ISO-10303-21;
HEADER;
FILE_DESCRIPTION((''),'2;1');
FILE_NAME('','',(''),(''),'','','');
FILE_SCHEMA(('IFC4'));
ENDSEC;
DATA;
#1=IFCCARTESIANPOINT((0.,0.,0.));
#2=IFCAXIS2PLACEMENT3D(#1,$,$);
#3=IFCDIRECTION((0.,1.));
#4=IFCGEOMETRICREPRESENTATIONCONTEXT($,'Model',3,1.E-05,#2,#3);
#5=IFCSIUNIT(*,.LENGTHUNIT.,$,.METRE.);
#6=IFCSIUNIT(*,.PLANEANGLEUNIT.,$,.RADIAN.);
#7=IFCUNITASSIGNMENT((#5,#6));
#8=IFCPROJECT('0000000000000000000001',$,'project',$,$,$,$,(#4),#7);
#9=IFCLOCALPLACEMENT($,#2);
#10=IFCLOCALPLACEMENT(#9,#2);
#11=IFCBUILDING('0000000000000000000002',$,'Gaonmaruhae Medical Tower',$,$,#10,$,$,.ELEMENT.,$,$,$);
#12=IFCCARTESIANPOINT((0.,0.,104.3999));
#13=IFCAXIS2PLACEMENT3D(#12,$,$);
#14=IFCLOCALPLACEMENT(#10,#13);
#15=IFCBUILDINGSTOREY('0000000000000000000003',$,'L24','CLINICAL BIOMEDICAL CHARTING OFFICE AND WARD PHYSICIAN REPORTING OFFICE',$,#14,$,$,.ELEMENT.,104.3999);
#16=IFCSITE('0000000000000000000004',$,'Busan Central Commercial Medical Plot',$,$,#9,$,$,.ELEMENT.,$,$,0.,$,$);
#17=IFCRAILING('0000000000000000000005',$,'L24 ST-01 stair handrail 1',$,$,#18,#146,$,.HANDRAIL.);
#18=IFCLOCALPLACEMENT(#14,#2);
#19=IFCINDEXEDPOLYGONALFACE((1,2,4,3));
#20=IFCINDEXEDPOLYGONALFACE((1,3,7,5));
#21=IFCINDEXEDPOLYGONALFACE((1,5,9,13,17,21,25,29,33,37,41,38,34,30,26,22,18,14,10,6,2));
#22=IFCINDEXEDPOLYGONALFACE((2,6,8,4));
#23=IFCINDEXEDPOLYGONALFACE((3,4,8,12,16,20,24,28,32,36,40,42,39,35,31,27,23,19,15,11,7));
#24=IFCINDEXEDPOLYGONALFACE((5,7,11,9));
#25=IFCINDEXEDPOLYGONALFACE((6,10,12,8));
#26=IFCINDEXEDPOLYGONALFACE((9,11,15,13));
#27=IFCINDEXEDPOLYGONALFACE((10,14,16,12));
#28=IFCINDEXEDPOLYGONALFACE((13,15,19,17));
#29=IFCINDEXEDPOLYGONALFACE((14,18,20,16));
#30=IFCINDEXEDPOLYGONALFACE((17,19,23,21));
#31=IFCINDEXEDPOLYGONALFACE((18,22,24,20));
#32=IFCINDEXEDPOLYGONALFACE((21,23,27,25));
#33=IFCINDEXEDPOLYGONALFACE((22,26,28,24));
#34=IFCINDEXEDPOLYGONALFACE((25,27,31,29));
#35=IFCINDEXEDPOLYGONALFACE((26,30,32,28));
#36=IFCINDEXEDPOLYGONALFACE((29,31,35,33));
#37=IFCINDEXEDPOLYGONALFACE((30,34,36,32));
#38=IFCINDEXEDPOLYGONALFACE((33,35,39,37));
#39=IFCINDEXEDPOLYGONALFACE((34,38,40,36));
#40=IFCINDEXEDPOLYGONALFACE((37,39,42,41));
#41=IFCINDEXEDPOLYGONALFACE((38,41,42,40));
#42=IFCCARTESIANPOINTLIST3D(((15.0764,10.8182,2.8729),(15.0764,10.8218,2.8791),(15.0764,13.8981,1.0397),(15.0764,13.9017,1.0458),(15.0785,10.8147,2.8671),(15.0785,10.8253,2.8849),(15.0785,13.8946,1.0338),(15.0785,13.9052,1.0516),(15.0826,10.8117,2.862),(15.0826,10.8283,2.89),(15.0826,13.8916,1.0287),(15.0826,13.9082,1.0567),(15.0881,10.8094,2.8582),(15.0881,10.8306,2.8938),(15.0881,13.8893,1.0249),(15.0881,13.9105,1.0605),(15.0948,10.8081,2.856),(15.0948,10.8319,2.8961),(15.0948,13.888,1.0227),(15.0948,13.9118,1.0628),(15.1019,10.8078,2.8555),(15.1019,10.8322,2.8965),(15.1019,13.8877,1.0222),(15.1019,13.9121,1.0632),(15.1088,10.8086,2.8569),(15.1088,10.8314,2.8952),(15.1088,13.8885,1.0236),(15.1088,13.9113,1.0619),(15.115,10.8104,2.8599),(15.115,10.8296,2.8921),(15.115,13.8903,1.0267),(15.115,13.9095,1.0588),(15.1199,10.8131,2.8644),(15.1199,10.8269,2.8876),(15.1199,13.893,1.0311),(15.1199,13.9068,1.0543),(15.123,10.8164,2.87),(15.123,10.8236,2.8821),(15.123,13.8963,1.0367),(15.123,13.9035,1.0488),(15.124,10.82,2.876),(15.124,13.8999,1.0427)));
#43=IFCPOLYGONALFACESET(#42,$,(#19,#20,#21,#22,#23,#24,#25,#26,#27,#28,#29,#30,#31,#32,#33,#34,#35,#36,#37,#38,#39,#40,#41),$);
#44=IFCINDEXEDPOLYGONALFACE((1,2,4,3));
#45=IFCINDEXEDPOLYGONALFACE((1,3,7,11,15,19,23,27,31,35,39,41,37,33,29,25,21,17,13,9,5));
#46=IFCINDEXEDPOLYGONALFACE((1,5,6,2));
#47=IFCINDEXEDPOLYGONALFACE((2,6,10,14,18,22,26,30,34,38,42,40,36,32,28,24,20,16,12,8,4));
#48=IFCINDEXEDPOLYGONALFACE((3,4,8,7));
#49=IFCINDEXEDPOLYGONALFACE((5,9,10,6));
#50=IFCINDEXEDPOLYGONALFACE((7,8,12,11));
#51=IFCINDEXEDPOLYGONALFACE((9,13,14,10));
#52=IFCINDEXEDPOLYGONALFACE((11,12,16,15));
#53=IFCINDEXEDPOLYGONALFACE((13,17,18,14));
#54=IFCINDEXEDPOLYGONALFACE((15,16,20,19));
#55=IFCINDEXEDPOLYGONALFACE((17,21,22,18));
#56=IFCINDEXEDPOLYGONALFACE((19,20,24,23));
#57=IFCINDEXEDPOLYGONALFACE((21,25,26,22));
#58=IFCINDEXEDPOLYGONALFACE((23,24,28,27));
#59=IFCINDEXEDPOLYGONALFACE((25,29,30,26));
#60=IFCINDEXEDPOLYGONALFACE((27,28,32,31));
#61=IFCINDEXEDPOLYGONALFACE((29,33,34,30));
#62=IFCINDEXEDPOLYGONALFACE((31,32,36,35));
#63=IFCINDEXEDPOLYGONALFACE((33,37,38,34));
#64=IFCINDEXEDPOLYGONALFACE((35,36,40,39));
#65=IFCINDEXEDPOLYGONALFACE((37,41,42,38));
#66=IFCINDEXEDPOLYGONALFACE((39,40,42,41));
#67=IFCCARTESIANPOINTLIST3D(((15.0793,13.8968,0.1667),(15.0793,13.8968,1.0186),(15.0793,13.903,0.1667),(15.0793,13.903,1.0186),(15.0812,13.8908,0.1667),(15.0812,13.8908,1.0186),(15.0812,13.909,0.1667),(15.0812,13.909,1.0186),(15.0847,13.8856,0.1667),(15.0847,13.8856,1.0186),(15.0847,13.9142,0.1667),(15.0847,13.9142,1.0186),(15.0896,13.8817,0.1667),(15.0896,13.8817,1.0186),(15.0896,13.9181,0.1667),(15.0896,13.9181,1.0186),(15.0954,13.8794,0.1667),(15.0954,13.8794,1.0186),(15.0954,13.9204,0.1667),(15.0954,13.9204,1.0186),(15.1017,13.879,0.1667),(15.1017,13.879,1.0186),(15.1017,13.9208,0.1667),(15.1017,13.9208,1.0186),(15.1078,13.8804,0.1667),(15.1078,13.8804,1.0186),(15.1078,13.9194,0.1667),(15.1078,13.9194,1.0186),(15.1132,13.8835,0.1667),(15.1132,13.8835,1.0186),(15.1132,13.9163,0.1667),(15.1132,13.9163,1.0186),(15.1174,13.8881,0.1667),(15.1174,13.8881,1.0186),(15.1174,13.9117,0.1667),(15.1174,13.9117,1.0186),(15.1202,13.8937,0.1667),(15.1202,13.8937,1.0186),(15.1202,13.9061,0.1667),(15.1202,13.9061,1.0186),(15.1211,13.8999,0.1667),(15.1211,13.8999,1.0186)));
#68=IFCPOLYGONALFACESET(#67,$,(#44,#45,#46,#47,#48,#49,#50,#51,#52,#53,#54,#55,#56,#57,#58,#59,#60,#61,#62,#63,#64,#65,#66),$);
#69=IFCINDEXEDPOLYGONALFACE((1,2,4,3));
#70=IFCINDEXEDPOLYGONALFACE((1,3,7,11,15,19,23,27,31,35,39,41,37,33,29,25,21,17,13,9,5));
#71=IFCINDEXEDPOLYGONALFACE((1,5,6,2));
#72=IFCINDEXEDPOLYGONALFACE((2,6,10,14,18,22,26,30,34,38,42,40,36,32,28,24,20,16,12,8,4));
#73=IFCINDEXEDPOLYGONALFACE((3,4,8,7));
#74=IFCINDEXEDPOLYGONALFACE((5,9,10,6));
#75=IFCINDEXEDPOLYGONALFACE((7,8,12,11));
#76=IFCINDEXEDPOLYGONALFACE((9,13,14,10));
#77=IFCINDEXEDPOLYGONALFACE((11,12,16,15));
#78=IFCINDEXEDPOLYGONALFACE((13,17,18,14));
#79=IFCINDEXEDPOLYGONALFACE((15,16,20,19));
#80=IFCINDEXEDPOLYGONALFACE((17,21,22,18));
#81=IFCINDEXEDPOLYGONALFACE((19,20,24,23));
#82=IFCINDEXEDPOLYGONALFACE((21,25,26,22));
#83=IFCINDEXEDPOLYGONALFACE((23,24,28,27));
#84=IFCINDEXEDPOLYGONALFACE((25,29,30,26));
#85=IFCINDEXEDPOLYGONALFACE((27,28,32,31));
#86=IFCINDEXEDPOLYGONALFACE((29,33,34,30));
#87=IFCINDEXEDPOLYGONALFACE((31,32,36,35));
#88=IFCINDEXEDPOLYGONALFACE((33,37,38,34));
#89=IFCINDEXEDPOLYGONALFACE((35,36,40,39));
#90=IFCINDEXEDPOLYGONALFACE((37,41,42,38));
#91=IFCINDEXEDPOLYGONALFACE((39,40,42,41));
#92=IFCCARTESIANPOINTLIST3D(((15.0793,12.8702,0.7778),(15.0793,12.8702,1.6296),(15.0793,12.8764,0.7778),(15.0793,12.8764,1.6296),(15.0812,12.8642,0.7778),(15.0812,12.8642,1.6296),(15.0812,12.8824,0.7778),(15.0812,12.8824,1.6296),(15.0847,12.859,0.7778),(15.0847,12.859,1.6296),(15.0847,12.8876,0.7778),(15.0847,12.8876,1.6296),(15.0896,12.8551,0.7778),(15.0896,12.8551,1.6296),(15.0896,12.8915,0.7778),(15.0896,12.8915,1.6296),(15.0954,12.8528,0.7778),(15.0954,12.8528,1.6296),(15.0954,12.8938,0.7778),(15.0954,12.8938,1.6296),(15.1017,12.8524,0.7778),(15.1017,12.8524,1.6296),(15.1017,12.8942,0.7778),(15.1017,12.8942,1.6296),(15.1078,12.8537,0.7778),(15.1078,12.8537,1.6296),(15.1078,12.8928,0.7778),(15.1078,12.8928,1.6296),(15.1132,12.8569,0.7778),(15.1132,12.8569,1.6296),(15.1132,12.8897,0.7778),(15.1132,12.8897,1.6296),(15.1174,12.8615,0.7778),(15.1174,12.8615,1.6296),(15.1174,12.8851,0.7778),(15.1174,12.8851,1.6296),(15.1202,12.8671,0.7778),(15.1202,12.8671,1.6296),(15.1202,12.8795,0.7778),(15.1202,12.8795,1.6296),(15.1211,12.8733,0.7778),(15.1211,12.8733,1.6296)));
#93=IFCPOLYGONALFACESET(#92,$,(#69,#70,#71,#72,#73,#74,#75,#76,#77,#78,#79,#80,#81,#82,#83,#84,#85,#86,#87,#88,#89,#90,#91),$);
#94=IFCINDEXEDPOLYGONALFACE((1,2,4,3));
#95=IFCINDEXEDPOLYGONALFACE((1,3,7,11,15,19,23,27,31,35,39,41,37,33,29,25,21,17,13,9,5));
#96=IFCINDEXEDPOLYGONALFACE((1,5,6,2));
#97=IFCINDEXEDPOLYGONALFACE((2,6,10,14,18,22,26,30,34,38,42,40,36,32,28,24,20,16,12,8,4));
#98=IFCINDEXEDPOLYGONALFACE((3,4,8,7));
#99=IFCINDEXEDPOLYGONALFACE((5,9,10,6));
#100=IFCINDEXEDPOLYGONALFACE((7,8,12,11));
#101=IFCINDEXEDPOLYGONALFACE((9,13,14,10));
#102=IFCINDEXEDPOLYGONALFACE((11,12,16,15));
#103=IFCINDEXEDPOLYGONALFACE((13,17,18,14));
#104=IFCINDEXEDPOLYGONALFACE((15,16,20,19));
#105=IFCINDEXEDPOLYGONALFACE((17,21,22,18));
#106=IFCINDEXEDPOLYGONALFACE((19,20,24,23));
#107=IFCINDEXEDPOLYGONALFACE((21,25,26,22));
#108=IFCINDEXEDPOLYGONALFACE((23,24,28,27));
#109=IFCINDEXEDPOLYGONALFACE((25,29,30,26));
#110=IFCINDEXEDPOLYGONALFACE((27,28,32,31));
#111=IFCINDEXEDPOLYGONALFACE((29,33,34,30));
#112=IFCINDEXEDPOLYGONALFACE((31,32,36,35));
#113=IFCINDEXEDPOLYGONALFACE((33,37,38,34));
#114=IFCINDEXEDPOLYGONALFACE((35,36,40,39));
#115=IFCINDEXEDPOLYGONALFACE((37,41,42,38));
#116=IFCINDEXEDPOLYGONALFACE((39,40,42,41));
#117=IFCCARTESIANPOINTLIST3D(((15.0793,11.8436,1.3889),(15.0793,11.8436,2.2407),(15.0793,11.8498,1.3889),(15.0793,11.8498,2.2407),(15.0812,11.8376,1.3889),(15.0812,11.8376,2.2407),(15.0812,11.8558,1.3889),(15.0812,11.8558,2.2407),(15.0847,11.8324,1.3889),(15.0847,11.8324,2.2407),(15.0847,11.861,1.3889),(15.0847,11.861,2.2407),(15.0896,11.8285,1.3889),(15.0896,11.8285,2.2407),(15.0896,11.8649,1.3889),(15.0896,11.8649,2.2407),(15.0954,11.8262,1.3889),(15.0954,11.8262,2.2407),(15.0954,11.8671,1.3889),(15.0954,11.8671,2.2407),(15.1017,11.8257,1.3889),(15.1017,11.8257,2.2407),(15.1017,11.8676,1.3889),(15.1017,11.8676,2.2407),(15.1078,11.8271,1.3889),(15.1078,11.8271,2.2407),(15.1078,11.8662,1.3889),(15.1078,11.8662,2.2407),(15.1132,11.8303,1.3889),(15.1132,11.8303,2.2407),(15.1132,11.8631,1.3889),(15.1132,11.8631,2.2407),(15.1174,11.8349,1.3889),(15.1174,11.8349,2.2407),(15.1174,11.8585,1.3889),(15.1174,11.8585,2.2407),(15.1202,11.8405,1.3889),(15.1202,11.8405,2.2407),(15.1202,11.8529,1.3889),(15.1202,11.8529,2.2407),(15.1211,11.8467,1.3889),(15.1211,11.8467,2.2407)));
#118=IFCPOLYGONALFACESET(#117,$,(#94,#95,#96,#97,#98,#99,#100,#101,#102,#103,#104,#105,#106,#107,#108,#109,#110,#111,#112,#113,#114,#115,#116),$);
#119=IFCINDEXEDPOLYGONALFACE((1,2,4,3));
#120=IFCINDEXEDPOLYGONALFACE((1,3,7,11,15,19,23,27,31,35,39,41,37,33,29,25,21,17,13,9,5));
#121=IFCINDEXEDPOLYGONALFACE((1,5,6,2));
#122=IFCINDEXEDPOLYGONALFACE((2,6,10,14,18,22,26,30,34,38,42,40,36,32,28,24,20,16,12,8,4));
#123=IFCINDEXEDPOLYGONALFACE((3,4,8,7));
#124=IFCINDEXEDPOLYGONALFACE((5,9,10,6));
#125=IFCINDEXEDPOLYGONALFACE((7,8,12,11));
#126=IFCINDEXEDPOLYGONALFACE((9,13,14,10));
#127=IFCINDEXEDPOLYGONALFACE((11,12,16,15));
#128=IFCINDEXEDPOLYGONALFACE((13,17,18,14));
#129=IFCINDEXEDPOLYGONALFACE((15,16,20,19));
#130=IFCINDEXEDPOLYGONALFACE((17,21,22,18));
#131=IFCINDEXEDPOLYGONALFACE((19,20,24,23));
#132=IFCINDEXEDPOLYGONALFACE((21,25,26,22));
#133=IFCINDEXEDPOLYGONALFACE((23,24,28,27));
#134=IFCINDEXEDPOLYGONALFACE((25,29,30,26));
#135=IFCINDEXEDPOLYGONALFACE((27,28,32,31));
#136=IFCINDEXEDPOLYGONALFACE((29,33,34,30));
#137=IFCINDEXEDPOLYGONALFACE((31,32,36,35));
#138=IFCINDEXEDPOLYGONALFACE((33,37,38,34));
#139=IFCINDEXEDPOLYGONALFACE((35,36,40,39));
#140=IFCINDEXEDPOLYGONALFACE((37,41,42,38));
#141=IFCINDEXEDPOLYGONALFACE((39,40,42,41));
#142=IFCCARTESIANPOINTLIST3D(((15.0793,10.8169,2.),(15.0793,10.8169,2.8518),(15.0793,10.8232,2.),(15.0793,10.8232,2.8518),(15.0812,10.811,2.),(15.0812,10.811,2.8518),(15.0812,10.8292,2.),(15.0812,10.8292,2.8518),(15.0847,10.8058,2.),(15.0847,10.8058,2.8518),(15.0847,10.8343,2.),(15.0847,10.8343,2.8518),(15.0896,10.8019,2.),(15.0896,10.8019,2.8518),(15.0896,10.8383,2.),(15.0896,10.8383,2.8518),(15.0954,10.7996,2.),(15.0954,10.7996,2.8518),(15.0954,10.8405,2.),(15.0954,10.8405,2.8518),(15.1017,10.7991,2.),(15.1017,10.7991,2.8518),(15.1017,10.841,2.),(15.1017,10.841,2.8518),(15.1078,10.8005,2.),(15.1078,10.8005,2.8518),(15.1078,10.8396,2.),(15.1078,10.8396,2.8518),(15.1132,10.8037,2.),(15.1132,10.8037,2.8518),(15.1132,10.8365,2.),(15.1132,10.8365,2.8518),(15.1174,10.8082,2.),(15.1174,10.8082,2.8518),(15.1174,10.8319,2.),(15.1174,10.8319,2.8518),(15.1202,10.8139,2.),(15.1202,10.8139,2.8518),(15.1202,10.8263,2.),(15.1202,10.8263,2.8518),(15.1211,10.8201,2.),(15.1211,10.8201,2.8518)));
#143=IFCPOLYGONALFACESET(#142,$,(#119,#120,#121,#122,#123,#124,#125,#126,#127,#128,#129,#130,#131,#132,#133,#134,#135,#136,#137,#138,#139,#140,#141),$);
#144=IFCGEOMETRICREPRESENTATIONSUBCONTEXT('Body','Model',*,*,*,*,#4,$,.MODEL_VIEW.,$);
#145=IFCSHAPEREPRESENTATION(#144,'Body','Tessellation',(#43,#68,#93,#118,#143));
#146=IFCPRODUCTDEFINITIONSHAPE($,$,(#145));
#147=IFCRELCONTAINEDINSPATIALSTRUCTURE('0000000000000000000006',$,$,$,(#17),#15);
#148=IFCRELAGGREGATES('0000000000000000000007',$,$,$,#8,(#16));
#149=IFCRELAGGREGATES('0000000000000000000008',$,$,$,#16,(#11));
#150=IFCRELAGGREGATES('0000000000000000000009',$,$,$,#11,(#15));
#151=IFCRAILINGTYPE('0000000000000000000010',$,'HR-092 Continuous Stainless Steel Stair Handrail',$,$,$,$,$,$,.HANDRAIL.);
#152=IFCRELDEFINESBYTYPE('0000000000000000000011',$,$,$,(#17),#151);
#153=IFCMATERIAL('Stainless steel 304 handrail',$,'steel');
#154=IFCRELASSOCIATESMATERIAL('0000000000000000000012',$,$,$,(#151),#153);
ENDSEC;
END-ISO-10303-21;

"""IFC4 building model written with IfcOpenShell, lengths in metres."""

from ifc_helpers import new_model, si_unit, direction, frame, origin, origin_2d, place, context, subcontext, project, spatial, circle, extrude, material, type_object, element, save


model = new_model("IFC4")

# Units and contexts
model_context = context("Model", 3, precision=1e-05, world=origin(), true_north=direction((0.0, 1.0)))
body_context = subcontext(model_context, "Body", "Model", "MODEL_VIEW")
ifc_project = project(units=[si_unit("LENGTHUNIT", "METRE"), si_unit("PLANEANGLEUNIT", "RADIAN")], contexts=[model_context])

# Site, building, storey
site_placement = place(None, origin())
site = spatial("IfcSite", under=ifc_project, at=site_placement, Name="Busan Central Commercial Medical Plot", CompositionType="ELEMENT", RefElevation=0.0)
building_placement = place(site_placement, origin())
building = spatial("IfcBuilding", under=site, at=building_placement, Name="Gaonmaruhae Medical Tower", CompositionType="ELEMENT")
storey_placement = place(building_placement, frame((0.0, 0.0, 104.3999)))
storey = spatial("IfcBuildingStorey", under=building, at=storey_placement, Name="L24", Description="CLINICAL BIOMEDICAL CHARTING OFFICE AND WARD PHYSICIAN REPORTING OFFICE", CompositionType="ELEMENT", Elevation=104.3999)

# Railing
ifc_material_1 = material(Name="Stainless steel 304 handrail", Category="steel")
railing_type_1 = type_object("IfcRailingType", Name="HR-092 Continuous Stainless Steel Stair Handrail", PredefinedType="HANDRAIL", material=ifc_material_1)
railing_1_placement = place(storey_placement, frame((15.1001, 13.8999, 0.1667)))
element("IfcRailing", 1, at=railing_1_placement, inside=storey, type_object=railing_type_1, Name="L24 ST-01 stair handrail 1", PredefinedType="HANDRAIL", context=body_context, shape_type="SweptSolid", body=[
    extrude(circle(Radius=0.0239, at=origin_2d()), frame((0.0, 0.0, 0.876), z_axis=(0.0, -0.859291, 0.511487), x_axis=(1.0, 0.0, 0.0)), (0.0, 0.0, 1.0), 3.5842),
    extrude(circle(Radius=0.021, at=origin_2d()), origin(), (0.0, 0.0, 1.0), 0.8518),
    extrude(circle(Radius=0.021, at=origin_2d()), frame((0.0, -1.0266, 0.6111)), (0.0, 0.0, 1.0), 0.8518),
    extrude(circle(Radius=0.021, at=origin_2d()), frame((0.0, -2.0532, 1.2222)), (0.0, 0.0, 1.0), 0.8518),
    extrude(circle(Radius=0.021, at=origin_2d()), frame((0.0, -3.0798, 1.8333)), (0.0, 0.0, 1.0), 0.8518),
])

save(model, "model.ifc")
